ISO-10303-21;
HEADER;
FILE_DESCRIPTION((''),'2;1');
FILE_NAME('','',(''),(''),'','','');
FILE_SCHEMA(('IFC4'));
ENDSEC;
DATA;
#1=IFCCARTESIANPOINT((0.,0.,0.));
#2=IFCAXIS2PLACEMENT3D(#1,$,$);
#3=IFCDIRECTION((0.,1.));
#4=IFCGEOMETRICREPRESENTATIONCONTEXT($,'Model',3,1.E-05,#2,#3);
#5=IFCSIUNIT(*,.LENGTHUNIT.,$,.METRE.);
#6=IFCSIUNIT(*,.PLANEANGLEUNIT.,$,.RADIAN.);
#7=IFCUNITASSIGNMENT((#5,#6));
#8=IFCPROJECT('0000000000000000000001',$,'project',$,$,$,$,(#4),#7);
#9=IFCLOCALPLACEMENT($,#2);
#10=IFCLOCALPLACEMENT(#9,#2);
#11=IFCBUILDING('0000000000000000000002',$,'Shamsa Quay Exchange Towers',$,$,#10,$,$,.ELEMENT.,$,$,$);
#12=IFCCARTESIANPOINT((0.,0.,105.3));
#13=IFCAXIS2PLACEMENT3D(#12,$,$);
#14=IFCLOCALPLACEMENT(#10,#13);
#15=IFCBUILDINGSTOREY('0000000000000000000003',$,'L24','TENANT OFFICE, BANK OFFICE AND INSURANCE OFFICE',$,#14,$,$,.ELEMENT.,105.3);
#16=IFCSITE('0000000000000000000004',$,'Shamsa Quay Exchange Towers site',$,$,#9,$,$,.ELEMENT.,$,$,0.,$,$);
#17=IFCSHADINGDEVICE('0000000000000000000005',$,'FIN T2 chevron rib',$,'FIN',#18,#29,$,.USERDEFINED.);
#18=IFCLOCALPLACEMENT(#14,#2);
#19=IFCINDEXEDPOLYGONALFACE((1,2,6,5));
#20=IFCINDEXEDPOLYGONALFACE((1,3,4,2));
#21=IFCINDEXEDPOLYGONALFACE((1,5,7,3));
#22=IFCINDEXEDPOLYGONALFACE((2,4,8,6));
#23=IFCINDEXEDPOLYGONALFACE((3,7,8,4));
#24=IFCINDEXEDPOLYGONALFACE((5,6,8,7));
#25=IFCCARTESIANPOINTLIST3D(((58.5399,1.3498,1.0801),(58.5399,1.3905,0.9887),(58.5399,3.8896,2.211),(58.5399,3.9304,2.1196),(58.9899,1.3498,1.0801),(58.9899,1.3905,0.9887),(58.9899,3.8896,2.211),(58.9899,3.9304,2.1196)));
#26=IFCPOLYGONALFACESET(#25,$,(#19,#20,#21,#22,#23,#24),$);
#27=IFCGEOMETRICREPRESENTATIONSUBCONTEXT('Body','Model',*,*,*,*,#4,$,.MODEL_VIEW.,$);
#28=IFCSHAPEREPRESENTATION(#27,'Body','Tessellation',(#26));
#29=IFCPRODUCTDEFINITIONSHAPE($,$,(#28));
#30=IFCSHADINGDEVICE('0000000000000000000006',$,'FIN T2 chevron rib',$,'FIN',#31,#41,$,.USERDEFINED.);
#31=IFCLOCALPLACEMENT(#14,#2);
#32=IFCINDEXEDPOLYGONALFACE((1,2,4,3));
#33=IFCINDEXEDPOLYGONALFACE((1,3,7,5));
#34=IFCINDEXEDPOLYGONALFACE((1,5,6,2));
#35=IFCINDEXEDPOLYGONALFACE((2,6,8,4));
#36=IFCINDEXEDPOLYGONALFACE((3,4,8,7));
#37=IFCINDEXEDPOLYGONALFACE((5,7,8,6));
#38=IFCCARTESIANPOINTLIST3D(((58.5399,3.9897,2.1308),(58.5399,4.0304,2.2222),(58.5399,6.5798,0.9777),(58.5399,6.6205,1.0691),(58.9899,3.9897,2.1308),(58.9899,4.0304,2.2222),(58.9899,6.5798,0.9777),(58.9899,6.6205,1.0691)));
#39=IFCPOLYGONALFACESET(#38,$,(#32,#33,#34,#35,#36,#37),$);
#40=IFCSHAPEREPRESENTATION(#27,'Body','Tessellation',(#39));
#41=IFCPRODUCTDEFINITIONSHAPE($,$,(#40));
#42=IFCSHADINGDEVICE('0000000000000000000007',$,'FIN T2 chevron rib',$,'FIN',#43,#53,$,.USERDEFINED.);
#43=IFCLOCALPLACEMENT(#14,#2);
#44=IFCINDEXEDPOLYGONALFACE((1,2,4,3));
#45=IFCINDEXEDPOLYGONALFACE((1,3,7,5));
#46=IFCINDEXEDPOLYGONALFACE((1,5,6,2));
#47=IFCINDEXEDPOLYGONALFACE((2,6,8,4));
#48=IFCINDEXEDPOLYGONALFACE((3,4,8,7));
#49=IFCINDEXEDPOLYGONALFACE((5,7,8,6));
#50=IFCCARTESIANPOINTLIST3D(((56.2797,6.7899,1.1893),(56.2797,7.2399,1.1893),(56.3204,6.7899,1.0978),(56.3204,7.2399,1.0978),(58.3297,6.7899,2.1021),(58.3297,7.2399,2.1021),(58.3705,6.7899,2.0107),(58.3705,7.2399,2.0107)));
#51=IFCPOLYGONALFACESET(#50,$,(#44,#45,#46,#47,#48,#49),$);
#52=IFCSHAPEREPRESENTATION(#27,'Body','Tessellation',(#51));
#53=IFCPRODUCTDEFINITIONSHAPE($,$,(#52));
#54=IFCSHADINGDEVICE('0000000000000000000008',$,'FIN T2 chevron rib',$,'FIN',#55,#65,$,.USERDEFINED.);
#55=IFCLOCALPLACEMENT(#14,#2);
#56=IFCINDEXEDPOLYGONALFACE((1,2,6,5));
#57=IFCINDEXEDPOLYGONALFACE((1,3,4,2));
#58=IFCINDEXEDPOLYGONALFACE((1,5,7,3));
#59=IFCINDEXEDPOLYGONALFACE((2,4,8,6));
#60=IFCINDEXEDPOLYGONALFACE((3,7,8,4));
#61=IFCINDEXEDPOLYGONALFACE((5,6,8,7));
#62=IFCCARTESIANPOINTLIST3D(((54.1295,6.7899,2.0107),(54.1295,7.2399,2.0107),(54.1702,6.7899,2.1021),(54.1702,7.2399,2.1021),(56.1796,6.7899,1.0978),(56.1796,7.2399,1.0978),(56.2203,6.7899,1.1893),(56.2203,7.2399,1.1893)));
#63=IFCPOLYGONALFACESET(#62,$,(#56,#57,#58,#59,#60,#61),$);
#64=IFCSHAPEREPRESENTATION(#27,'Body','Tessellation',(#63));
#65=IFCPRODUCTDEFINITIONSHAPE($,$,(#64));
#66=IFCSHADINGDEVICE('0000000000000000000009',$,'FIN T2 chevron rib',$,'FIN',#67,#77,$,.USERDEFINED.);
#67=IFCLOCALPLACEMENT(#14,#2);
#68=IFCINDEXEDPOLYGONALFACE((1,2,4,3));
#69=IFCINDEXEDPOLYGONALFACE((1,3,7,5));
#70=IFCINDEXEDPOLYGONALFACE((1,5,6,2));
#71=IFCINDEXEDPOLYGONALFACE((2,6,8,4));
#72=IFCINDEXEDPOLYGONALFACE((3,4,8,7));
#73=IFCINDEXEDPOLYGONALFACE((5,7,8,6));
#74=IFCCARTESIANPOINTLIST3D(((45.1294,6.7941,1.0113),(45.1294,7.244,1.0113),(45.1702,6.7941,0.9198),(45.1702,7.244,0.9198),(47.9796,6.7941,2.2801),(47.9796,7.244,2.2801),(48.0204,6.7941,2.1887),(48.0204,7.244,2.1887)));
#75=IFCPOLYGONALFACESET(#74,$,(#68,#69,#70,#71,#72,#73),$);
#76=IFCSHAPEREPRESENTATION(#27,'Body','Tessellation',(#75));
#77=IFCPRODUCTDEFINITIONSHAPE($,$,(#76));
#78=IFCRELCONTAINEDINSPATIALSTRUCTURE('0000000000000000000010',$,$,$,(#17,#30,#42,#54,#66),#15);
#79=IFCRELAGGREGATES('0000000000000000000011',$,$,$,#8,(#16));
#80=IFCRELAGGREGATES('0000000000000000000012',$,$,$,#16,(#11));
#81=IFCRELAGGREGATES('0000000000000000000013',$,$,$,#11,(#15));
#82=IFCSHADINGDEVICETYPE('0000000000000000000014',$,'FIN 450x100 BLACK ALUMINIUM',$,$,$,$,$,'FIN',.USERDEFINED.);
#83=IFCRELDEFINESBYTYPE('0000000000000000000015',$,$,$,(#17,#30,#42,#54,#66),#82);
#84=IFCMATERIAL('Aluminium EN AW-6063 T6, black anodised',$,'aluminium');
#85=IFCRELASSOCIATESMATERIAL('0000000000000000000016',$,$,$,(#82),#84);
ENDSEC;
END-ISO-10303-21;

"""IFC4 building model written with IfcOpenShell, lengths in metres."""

from ifc_helpers import new_model, si_unit, direction, frame, origin, origin_2d, place, context, subcontext, project, spatial, rectangle, extrude, material, material_profile, profile_set, type_object, element, save


model = new_model("IFC4")

# Units and contexts
model_context = context("Model", 3, precision=1e-05, world=origin(), true_north=direction((0.0, 1.0)))
body_context = subcontext(model_context, "Body", "Model", "MODEL_VIEW")
ifc_project = project(units=[si_unit("LENGTHUNIT", "METRE"), si_unit("PLANEANGLEUNIT", "RADIAN")], contexts=[model_context])

# Site, building, storey
site_placement = place(None, origin())
site = spatial("IfcSite", under=ifc_project, at=site_placement, Name="Shamsa Quay Exchange Towers site", CompositionType="ELEMENT", RefElevation=0.0)
building_placement = place(site_placement, origin())
building = spatial("IfcBuilding", under=site, at=building_placement, Name="Shamsa Quay Exchange Towers", CompositionType="ELEMENT")
storey_placement = place(building_placement, frame((0.0, 0.0, 105.3)))
storey = spatial("IfcBuildingStorey", under=building, at=storey_placement, Name="L24", Description="TENANT OFFICE, BANK OFFICE AND INSURANCE OFFICE", CompositionType="ELEMENT", Elevation=105.3)

# Shared definitions
ifc_material_1 = material(Name="Aluminium EN AW-6063 T6, black anodised", Category="aluminium")

# Shading devices
ifc_material_profile_1 = material_profile(ifc_material_1, rectangle(XDim=0.45, YDim=0.1001, at=origin_2d()), Name="FIN450x100")
ifc_profile_set_1 = profile_set([ifc_material_profile_1], Name="Aluminium EN AW-6063 T6, black anodised")
shading_device_type = type_object("IfcShadingDeviceType", Name="FIN 450x100 BLACK ALUMINIUM", ElementType="FIN", PredefinedType="USERDEFINED", material=ifc_profile_set_1)
shading_device_1_placement = place(storey_placement, frame((58.7649, 1.3701, 1.0344), z_axis=(0.0, 0.913536, 0.406758), x_axis=(-1.0, 0.0, 0.0)))
element("IfcShadingDevice", 1, at=shading_device_1_placement, inside=storey, type_object=shading_device_type, Name="FIN T2 chevron rib", ObjectType="FIN", PredefinedType="USERDEFINED", context=body_context, shape_type="SweptSolid", body=[
    extrude(rectangle(XDim=0.45, YDim=0.1001, at=origin_2d()), origin(), (0.0, 0.0, 1.0), 2.7803),
])
shading_device_2_placement = place(storey_placement, frame((58.7649, 4.01, 2.1765), z_axis=(0.0, 0.913559, -0.406706), x_axis=(-1.0, 0.0, 0.0)))
element("IfcShadingDevice", 2, at=shading_device_2_placement, inside=storey, type_object=shading_device_type, Name="FIN T2 chevron rib", ObjectType="FIN", PredefinedType="USERDEFINED", context=body_context, shape_type="SweptSolid", body=[
    extrude(rectangle(XDim=0.45, YDim=0.1001, at=origin_2d()), origin(), (0.0, 0.0, 1.0), 2.8352),
])
for number, where, z_axis, x_axis, name in (
    (3, (58.3501, 7.0149, 2.0564), (-0.913529, 0.0, -0.406774), (0.0, -1.0, 0.0), "FIN T2 chevron rib"),
    (4, (56.2, 7.0149, 1.1436), (-0.913529, 0.0, 0.406774), (0.0, -1.0, 0.0), "FIN T2 chevron rib"),
):
    element("IfcShadingDevice", number, at=place(storey_placement, frame(where, z_axis=z_axis, x_axis=x_axis)), inside=storey, type_object=shading_device_type, Name=name, ObjectType="FIN", PredefinedType="USERDEFINED", context=body_context, shape_type="SweptSolid", body=[
        extrude(rectangle(XDim=0.45, YDim=0.1001, at=origin_2d()), origin(), (0.0, 0.0, 1.0), 2.2441),
    ])
shading_device_3_placement = place(storey_placement, frame((48.0, 7.019, 2.2344), z_axis=(-0.913563, 0.0, -0.406697), x_axis=(0.0, -1.0, 0.0)))
element("IfcShadingDevice", 5, at=shading_device_3_placement, inside=storey, type_object=shading_device_type, Name="FIN T2 chevron rib", ObjectType="FIN", PredefinedType="USERDEFINED", context=body_context, shape_type="SweptSolid", body=[
    extrude(rectangle(XDim=0.45, YDim=0.1001, at=origin_2d()), origin(), (0.0, 0.0, 1.0), 3.1199),
])

save(model, "model.ifc")
